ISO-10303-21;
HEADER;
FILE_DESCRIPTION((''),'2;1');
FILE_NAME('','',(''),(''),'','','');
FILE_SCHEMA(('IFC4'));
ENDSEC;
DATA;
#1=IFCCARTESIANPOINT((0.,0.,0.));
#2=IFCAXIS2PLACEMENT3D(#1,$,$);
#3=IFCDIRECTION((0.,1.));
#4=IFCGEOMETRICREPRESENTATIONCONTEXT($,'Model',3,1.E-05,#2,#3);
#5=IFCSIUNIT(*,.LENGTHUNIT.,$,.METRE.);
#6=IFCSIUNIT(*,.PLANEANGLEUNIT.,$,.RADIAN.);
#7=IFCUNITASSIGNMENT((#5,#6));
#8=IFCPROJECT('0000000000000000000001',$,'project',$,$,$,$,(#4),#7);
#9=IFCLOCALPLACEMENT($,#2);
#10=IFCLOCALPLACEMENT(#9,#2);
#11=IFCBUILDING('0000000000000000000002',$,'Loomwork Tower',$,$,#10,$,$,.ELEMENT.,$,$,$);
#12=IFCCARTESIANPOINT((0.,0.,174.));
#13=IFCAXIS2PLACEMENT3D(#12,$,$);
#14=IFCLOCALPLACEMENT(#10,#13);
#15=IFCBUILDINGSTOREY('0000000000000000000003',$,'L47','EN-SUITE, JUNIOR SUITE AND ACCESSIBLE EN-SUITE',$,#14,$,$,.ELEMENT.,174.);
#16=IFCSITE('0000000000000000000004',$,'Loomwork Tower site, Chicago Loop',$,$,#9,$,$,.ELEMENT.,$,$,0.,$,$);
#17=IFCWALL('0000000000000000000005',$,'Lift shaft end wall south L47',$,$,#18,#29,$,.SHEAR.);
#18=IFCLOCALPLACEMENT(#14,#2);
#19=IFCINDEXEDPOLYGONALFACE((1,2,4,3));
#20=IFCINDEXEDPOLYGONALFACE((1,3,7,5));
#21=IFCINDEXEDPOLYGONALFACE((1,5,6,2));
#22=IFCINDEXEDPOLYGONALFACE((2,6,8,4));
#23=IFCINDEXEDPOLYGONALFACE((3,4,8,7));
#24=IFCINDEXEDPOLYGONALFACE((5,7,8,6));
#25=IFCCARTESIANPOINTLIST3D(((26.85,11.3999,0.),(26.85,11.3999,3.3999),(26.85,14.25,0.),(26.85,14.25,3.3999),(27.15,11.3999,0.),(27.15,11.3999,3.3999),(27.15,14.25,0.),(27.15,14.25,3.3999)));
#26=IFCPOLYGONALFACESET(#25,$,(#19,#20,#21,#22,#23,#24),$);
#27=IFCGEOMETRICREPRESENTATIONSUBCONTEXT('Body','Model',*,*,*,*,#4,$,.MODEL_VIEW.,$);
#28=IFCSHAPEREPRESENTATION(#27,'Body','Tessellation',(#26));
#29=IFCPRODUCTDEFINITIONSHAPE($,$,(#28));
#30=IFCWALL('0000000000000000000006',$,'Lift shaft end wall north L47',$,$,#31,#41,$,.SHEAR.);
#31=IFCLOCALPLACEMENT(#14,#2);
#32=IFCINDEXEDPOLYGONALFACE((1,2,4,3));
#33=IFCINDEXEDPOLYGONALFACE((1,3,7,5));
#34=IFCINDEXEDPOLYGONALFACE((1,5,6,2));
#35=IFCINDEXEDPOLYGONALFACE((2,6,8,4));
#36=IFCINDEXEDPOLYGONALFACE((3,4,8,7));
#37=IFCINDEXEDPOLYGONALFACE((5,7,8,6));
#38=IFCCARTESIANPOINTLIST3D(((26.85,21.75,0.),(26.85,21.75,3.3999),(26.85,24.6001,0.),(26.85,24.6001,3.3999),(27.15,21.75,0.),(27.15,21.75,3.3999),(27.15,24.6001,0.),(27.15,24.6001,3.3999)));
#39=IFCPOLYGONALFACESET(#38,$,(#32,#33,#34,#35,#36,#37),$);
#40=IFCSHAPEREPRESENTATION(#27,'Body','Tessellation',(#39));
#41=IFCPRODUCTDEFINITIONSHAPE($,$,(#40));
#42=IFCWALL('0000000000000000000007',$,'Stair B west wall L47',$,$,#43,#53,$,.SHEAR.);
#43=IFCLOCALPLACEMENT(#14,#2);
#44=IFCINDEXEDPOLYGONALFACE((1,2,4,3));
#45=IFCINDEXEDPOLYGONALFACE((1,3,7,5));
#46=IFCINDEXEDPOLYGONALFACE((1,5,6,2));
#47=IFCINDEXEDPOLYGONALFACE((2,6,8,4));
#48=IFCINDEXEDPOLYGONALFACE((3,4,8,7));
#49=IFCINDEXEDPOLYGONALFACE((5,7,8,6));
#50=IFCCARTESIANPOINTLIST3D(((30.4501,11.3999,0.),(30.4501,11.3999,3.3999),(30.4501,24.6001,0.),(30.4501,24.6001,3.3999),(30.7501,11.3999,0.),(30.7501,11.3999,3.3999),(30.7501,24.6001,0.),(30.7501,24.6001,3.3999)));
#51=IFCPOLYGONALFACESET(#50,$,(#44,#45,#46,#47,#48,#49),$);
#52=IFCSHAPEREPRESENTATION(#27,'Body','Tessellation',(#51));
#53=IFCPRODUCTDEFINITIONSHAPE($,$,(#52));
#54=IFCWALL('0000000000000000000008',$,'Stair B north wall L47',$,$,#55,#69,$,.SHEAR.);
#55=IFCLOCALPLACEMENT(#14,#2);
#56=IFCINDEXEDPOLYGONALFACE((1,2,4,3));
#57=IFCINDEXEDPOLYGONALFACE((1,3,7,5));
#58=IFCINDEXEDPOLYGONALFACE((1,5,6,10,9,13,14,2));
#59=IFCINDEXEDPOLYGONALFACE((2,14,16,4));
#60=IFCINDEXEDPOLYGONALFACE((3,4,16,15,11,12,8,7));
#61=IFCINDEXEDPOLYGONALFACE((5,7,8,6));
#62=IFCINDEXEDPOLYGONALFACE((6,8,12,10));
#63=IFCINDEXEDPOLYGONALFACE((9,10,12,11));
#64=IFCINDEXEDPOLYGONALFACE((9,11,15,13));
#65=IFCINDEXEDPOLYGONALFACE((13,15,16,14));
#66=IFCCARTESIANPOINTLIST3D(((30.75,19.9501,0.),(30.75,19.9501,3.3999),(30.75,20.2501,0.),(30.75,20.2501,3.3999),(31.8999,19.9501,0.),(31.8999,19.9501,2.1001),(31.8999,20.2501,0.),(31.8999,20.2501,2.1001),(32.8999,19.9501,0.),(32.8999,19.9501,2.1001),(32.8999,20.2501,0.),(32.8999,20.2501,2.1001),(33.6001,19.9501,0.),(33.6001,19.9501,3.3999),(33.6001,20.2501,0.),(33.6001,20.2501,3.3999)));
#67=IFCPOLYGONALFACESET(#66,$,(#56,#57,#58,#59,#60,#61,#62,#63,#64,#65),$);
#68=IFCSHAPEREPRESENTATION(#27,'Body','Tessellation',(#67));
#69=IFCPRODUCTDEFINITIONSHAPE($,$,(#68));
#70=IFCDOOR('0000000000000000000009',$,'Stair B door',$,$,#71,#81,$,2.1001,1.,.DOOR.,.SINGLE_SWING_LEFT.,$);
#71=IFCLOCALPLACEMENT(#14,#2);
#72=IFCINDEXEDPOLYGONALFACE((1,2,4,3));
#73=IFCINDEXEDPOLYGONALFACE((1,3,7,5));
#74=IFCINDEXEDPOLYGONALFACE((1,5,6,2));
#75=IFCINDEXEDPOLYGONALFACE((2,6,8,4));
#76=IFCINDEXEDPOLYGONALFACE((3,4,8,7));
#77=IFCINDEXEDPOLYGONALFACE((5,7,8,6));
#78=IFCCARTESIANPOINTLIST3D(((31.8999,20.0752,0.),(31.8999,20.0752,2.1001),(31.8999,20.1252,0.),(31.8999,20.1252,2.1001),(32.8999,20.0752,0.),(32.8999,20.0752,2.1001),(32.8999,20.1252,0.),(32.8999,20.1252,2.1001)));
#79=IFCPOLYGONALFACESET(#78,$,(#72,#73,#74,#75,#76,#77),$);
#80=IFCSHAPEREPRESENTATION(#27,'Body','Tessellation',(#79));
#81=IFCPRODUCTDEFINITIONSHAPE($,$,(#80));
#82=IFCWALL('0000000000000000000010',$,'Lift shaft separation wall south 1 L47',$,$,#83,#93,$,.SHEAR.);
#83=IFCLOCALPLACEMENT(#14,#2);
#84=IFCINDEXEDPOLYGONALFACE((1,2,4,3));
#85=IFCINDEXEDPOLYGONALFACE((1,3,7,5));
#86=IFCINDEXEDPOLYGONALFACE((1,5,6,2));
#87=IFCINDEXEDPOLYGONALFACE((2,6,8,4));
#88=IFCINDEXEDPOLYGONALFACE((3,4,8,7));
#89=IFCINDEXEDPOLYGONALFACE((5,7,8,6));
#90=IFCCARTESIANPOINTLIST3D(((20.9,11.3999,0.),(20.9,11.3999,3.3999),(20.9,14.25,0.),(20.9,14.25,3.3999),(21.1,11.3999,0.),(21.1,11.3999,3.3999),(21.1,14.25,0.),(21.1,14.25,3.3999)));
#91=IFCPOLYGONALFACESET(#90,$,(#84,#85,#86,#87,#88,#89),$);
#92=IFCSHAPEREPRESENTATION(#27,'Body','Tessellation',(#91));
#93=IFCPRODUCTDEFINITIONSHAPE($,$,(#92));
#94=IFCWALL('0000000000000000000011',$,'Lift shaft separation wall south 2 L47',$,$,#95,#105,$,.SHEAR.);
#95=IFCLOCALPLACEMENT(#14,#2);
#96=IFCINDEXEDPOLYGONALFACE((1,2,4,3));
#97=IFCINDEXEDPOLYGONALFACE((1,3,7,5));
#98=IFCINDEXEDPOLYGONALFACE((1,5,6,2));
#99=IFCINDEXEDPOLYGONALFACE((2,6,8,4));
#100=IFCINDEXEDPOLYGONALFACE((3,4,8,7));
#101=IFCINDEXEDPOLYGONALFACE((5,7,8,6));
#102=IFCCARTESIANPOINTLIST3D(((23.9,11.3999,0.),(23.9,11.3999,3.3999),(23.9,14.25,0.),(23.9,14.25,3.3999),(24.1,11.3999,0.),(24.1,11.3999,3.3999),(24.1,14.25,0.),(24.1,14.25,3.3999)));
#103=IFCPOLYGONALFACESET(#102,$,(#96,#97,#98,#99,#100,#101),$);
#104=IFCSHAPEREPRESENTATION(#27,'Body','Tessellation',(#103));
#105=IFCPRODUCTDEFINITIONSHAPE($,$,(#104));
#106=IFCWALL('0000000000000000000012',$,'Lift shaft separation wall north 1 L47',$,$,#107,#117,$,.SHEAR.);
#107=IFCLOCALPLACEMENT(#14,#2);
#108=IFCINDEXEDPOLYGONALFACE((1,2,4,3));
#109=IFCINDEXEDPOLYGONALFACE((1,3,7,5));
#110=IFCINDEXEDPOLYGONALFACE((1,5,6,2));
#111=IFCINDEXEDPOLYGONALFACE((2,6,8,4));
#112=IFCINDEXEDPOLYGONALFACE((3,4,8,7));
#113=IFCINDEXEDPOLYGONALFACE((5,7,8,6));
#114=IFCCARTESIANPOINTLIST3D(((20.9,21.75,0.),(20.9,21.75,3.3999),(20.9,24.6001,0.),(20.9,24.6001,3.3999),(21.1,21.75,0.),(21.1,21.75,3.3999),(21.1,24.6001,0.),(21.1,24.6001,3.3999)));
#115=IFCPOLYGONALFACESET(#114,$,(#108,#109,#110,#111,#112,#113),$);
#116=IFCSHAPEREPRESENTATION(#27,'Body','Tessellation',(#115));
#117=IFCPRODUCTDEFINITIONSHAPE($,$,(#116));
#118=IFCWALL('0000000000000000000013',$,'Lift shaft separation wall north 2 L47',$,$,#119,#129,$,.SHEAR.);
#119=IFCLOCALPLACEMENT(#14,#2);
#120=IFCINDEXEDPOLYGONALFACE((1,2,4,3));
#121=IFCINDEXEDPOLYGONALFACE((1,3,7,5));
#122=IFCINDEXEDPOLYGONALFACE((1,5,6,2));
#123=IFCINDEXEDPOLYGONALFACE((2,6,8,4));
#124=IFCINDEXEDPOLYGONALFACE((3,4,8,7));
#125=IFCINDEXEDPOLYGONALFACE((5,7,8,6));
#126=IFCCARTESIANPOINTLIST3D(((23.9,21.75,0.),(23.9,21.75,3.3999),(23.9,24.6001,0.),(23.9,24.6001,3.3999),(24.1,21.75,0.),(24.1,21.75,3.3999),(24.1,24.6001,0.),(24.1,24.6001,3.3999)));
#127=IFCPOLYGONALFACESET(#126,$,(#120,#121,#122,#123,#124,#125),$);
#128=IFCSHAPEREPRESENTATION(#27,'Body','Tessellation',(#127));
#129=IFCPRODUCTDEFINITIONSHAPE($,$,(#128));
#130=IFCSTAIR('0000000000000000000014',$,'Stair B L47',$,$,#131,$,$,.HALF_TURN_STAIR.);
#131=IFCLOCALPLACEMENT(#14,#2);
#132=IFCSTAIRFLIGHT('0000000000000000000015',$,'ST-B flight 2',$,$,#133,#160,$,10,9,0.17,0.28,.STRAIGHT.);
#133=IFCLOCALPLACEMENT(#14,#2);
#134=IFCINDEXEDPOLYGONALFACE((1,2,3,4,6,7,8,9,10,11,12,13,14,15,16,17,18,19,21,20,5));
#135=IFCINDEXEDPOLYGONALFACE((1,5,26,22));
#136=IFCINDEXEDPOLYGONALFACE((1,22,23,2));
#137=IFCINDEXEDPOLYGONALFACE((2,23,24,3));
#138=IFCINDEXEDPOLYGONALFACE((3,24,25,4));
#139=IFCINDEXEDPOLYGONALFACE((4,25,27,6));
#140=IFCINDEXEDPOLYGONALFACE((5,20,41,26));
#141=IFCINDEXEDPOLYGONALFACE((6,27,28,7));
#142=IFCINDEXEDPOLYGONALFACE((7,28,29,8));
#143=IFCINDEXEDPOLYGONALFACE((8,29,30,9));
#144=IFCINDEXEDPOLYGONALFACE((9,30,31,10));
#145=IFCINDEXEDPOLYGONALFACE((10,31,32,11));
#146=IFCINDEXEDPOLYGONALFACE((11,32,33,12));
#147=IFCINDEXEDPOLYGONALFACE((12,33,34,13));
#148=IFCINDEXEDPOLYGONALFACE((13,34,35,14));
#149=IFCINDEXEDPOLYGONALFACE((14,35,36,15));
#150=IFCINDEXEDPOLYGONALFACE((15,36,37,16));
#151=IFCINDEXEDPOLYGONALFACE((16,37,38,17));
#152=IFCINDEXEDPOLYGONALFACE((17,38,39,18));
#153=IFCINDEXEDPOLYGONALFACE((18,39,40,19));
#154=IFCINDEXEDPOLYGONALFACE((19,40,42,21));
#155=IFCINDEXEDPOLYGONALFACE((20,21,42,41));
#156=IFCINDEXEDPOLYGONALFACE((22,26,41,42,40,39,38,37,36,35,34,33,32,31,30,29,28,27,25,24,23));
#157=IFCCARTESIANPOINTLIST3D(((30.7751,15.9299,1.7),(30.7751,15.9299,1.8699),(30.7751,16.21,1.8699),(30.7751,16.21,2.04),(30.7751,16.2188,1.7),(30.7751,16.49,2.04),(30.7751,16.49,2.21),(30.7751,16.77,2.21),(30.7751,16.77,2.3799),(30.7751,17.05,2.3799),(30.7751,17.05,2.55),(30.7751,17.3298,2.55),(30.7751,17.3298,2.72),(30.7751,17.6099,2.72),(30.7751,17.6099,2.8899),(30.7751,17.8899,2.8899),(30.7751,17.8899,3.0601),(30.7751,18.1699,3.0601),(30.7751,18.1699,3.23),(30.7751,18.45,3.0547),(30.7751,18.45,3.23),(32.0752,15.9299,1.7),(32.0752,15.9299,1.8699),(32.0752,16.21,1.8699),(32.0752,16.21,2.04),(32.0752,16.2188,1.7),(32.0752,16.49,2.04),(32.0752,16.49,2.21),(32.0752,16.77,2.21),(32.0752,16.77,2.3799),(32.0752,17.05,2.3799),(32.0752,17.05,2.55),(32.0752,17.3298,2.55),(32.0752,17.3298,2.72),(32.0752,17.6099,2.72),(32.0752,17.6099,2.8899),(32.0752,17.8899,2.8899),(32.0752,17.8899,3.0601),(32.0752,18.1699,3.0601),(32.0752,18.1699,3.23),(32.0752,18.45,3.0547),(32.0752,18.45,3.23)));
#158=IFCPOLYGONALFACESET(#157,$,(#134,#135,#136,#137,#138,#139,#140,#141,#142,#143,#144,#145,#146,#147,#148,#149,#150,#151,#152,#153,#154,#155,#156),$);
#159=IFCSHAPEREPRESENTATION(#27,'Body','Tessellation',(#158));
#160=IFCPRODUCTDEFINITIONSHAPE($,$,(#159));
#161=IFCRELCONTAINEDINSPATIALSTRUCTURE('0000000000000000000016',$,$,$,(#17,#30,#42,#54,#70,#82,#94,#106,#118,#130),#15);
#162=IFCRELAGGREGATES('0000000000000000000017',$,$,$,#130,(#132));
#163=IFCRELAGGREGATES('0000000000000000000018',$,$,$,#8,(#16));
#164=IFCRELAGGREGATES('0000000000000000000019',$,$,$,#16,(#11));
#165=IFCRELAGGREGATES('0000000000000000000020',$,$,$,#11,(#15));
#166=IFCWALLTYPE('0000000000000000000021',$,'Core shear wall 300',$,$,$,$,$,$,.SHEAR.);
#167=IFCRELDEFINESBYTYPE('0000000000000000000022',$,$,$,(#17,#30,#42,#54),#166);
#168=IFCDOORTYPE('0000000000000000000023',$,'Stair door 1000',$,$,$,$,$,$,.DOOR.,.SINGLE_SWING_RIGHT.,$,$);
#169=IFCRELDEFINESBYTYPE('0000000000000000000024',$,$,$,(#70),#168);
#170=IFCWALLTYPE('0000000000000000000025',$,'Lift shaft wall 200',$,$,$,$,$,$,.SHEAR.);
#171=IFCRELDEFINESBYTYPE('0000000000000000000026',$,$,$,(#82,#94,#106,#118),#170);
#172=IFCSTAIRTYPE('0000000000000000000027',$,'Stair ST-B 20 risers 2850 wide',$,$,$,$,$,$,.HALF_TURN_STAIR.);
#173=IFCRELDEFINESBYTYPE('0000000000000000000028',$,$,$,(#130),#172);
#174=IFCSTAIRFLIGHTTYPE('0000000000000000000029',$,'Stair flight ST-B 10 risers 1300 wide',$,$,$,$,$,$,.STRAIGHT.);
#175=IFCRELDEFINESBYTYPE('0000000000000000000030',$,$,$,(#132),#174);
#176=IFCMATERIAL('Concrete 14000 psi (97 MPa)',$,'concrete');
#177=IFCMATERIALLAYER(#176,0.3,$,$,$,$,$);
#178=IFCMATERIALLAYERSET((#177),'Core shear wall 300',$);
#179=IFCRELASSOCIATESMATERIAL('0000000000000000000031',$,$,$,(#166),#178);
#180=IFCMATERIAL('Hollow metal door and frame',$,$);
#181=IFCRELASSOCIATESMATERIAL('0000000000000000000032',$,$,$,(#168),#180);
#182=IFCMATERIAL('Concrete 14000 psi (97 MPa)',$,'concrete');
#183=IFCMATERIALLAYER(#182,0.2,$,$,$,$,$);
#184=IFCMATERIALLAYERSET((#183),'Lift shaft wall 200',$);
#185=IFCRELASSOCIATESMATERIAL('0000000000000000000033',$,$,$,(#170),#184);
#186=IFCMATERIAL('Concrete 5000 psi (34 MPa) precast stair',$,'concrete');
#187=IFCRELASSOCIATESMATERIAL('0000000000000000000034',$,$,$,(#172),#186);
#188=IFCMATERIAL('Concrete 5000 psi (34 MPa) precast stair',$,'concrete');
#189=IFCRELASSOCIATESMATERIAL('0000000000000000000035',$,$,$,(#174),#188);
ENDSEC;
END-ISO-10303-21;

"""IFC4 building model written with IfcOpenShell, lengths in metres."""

from ifc_helpers import new_model, si_unit, direction, frame, frame_2d, origin, place, context, subcontext, project, spatial, polyline, rectangle, outline, extrude, material, layer, layer_set, type_object, element, fill, aggregate, save


model = new_model("IFC4")

# Units and contexts
model_context = context("Model", 3, precision=1e-05, world=origin(), true_north=direction((0.0, 1.0)))
body_context = subcontext(model_context, "Body", "Model", "MODEL_VIEW")
ifc_project = project(units=[si_unit("LENGTHUNIT", "METRE"), si_unit("PLANEANGLEUNIT", "RADIAN")], contexts=[model_context])

# Site, building, storey
site_placement = place(None, origin())
site = spatial("IfcSite", under=ifc_project, at=site_placement, Name="Loomwork Tower site, Chicago Loop", CompositionType="ELEMENT", RefElevation=0.0)
building_placement = place(site_placement, origin())
building = spatial("IfcBuilding", under=site, at=building_placement, Name="Loomwork Tower", CompositionType="ELEMENT")
storey_placement = place(building_placement, frame((0.0, 0.0, 174.0)))
storey = spatial("IfcBuildingStorey", under=building, at=storey_placement, Name="L47", Description="EN-SUITE, JUNIOR SUITE AND ACCESSIBLE EN-SUITE", CompositionType="ELEMENT", Elevation=174.0)

# Walls
ifc_material_1 = material(Name="Concrete 14000 psi (97 MPa)", Category="concrete")
ifc_layer_1 = layer(ifc_material_1, 0.3)
ifc_layer_set_1 = layer_set([ifc_layer_1], Name="Core shear wall 300")
wall_type_1 = type_object("IfcWallType", Name="Core shear wall 300", PredefinedType="SHEAR", material=ifc_layer_set_1)
for number, where, z_axis, x_axis, name in (
    (1, (27.0, 11.3999, 0.0), (0.0, 0.0, 1.0), (0.0, 1.0, 0.0), "Lift shaft end wall south L47"),
    (2, (27.0, 21.75, 0.0), (0.0, 0.0, 1.0), (0.0, 1.0, 0.0), "Lift shaft end wall north L47"),
):
    element("IfcWall", number, at=place(storey_placement, frame(where, z_axis=z_axis, x_axis=x_axis)), inside=storey, type_object=wall_type_1, Name=name, PredefinedType="SHEAR", context=body_context, shape_type="SweptSolid", body=[
        extrude(rectangle(XDim=2.8501, YDim=0.3, at=frame_2d((1.425, 0.0))), origin(), (0.0, 0.0, 1.0), 3.3999),
    ])
wall_1_placement = place(storey_placement, frame((30.6001, 11.3999, 0.0), z_axis=(0.0, 0.0, 1.0), x_axis=(0.0, 1.0, 0.0)))
element("IfcWall", 3, at=wall_1_placement, inside=storey, type_object=wall_type_1, Name="Stair B west wall L47", PredefinedType="SHEAR", context=body_context, shape_type="SweptSolid", body=[
    extrude(rectangle(XDim=13.2002, YDim=0.3, at=frame_2d((6.6001, 0.0))), origin(), (0.0, 0.0, 1.0), 3.3999),
])

# Wall, opening, door
wall_2_placement = place(storey_placement, frame((30.75, 20.1001, 0.0), z_axis=(0.0, 0.0, 1.0), x_axis=(1.0, 0.0, 0.0)))
wall_2 = element("IfcWall", 4, at=wall_2_placement, inside=storey, type_object=wall_type_1, Name="Stair B north wall L47", PredefinedType="SHEAR", context=body_context, shape_type="SweptSolid", body=[
    extrude(rectangle(XDim=2.8501, YDim=0.3, at=frame_2d((1.425, 0.0))), origin(), (0.0, 0.0, 1.0), 3.3999),
])
opening_placement = place(wall_2_placement, frame((1.1499, 0.0, 0.0)))
opening = element("IfcOpeningElement", 5, at=opening_placement, cuts=wall_2, PredefinedType="OPENING", context=body_context, shape_type="SweptSolid", body=[
    extrude(rectangle(XDim=1.0, YDim=2.1001, at=frame_2d((0.5, 1.05))), frame((0.0, 0.1599, 0.0), z_axis=(0.0, -1.0, 0.0), x_axis=(1.0, 0.0, 0.0)), (0.0, 0.0, 1.0), 0.3201),
])
ifc_material_2 = material(Name="Hollow metal door and frame")
door_type = type_object("IfcDoorType", Name="Stair door 1000", OperationType="SINGLE_SWING_RIGHT", PredefinedType="DOOR", material=ifc_material_2)
door_placement = place(opening_placement, frame((1.0, 0.0, 0.0), z_axis=(0.0, 0.0, 1.0), x_axis=(-1.0, 0.0, 0.0)))
door = element("IfcDoor", 6, at=door_placement, inside=storey, type_object=door_type, Name="Stair B door", OperationType="SINGLE_SWING_LEFT", OverallHeight=2.1001, OverallWidth=1.0, PredefinedType="DOOR", context=body_context, shape_type="SweptSolid", body=[
    extrude(rectangle(XDim=1.0, YDim=2.1001, at=frame_2d((0.5, 1.05))), frame((0.0, 0.0249, 0.0), z_axis=(0.0, -1.0, 0.0), x_axis=(1.0, 0.0, 0.0)), (0.0, 0.0, 1.0), 0.05),
])
fill(opening, door)

# Walls
ifc_material_3 = material(Name="Concrete 14000 psi (97 MPa)", Category="concrete")
ifc_layer_2 = layer(ifc_material_3, 0.2)
ifc_layer_set_2 = layer_set([ifc_layer_2], Name="Lift shaft wall 200")
wall_type_2 = type_object("IfcWallType", Name="Lift shaft wall 200", PredefinedType="SHEAR", material=ifc_layer_set_2)
for number, where, z_axis, x_axis, name in (
    (7, (21.0, 11.3999, 0.0), (0.0, 0.0, 1.0), (0.0, 1.0, 0.0), "Lift shaft separation wall south 1 L47"),
    (8, (24.0, 11.3999, 0.0), (0.0, 0.0, 1.0), (0.0, 1.0, 0.0), "Lift shaft separation wall south 2 L47"),
    (9, (21.0, 21.75, 0.0), (0.0, 0.0, 1.0), (0.0, 1.0, 0.0), "Lift shaft separation wall north 1 L47"),
    (10, (24.0, 21.75, 0.0), (0.0, 0.0, 1.0), (0.0, 1.0, 0.0), "Lift shaft separation wall north 2 L47"),
):
    element("IfcWall", number, at=place(storey_placement, frame(where, z_axis=z_axis, x_axis=x_axis)), inside=storey, type_object=wall_type_2, Name=name, PredefinedType="SHEAR", context=body_context, shape_type="SweptSolid", body=[
        extrude(rectangle(XDim=2.8501, YDim=0.2, at=frame_2d((1.425, 0.0))), origin(), (0.0, 0.0, 1.0), 3.3999),
    ])

# Stair, stair flight
ifc_material_4 = material(Name="Concrete 5000 psi (34 MPa) precast stair", Category="concrete")
stair_type = type_object("IfcStairType", Name="Stair ST-B 20 risers 2850 wide", PredefinedType="HALF_TURN_STAIR", material=ifc_material_4)
stair_placement = place(storey_placement, origin())
stair = element("IfcStair", 11, at=stair_placement, inside=storey, type_object=stair_type, Name="Stair B L47", PredefinedType="HALF_TURN_STAIR")
ifc_material_5 = material(Name="Concrete 5000 psi (34 MPa) precast stair", Category="concrete")
stair_flight_type = type_object("IfcStairFlightType", Name="Stair flight ST-B 10 risers 1300 wide", PredefinedType="STRAIGHT", material=ifc_material_5)
stair_flight_placement = place(storey_placement, frame((31.425, 15.9299, 1.7), z_axis=(0.0, 0.0, 1.0), x_axis=(0.0, 1.0, 0.0)))
stair_flight = element("IfcStairFlight", 12, at=stair_flight_placement, type_object=stair_flight_type, Name="ST-B flight 2", NumberOfRisers=10, NumberOfTreads=9, PredefinedType="STRAIGHT", RiserHeight=0.17, TreadLength=0.28, context=body_context, shape_type="SweptSolid", body=[
    extrude(outline(polyline([(0.0, 0.0), (0.0, 0.1699), (0.28, 0.1699), (0.28, 0.3401), (0.5601, 0.3401), (0.5601, 0.51), (0.8401, 0.51), (0.8401, 0.6799), (1.1201, 0.6799), (1.1201, 0.8501), (1.3999, 0.8501), (1.3999, 1.02), (1.6799, 1.02), (1.6799, 1.1899), (1.96, 1.1899), (1.96, 1.3601), (2.24, 1.3601), (2.24, 1.53), (2.52, 1.53), (2.52, 1.7), (2.52, 1.3547), (0.2888, 0.0), (0.0, 0.0)])), frame((0.0, 0.6499, 0.0), z_axis=(0.0, -1.0, 0.0), x_axis=(1.0, 0.0, 0.0)), (0.0, 0.0, 1.0), 1.3),
])
aggregate(stair, [stair_flight])

save(model, "model.ifc")
